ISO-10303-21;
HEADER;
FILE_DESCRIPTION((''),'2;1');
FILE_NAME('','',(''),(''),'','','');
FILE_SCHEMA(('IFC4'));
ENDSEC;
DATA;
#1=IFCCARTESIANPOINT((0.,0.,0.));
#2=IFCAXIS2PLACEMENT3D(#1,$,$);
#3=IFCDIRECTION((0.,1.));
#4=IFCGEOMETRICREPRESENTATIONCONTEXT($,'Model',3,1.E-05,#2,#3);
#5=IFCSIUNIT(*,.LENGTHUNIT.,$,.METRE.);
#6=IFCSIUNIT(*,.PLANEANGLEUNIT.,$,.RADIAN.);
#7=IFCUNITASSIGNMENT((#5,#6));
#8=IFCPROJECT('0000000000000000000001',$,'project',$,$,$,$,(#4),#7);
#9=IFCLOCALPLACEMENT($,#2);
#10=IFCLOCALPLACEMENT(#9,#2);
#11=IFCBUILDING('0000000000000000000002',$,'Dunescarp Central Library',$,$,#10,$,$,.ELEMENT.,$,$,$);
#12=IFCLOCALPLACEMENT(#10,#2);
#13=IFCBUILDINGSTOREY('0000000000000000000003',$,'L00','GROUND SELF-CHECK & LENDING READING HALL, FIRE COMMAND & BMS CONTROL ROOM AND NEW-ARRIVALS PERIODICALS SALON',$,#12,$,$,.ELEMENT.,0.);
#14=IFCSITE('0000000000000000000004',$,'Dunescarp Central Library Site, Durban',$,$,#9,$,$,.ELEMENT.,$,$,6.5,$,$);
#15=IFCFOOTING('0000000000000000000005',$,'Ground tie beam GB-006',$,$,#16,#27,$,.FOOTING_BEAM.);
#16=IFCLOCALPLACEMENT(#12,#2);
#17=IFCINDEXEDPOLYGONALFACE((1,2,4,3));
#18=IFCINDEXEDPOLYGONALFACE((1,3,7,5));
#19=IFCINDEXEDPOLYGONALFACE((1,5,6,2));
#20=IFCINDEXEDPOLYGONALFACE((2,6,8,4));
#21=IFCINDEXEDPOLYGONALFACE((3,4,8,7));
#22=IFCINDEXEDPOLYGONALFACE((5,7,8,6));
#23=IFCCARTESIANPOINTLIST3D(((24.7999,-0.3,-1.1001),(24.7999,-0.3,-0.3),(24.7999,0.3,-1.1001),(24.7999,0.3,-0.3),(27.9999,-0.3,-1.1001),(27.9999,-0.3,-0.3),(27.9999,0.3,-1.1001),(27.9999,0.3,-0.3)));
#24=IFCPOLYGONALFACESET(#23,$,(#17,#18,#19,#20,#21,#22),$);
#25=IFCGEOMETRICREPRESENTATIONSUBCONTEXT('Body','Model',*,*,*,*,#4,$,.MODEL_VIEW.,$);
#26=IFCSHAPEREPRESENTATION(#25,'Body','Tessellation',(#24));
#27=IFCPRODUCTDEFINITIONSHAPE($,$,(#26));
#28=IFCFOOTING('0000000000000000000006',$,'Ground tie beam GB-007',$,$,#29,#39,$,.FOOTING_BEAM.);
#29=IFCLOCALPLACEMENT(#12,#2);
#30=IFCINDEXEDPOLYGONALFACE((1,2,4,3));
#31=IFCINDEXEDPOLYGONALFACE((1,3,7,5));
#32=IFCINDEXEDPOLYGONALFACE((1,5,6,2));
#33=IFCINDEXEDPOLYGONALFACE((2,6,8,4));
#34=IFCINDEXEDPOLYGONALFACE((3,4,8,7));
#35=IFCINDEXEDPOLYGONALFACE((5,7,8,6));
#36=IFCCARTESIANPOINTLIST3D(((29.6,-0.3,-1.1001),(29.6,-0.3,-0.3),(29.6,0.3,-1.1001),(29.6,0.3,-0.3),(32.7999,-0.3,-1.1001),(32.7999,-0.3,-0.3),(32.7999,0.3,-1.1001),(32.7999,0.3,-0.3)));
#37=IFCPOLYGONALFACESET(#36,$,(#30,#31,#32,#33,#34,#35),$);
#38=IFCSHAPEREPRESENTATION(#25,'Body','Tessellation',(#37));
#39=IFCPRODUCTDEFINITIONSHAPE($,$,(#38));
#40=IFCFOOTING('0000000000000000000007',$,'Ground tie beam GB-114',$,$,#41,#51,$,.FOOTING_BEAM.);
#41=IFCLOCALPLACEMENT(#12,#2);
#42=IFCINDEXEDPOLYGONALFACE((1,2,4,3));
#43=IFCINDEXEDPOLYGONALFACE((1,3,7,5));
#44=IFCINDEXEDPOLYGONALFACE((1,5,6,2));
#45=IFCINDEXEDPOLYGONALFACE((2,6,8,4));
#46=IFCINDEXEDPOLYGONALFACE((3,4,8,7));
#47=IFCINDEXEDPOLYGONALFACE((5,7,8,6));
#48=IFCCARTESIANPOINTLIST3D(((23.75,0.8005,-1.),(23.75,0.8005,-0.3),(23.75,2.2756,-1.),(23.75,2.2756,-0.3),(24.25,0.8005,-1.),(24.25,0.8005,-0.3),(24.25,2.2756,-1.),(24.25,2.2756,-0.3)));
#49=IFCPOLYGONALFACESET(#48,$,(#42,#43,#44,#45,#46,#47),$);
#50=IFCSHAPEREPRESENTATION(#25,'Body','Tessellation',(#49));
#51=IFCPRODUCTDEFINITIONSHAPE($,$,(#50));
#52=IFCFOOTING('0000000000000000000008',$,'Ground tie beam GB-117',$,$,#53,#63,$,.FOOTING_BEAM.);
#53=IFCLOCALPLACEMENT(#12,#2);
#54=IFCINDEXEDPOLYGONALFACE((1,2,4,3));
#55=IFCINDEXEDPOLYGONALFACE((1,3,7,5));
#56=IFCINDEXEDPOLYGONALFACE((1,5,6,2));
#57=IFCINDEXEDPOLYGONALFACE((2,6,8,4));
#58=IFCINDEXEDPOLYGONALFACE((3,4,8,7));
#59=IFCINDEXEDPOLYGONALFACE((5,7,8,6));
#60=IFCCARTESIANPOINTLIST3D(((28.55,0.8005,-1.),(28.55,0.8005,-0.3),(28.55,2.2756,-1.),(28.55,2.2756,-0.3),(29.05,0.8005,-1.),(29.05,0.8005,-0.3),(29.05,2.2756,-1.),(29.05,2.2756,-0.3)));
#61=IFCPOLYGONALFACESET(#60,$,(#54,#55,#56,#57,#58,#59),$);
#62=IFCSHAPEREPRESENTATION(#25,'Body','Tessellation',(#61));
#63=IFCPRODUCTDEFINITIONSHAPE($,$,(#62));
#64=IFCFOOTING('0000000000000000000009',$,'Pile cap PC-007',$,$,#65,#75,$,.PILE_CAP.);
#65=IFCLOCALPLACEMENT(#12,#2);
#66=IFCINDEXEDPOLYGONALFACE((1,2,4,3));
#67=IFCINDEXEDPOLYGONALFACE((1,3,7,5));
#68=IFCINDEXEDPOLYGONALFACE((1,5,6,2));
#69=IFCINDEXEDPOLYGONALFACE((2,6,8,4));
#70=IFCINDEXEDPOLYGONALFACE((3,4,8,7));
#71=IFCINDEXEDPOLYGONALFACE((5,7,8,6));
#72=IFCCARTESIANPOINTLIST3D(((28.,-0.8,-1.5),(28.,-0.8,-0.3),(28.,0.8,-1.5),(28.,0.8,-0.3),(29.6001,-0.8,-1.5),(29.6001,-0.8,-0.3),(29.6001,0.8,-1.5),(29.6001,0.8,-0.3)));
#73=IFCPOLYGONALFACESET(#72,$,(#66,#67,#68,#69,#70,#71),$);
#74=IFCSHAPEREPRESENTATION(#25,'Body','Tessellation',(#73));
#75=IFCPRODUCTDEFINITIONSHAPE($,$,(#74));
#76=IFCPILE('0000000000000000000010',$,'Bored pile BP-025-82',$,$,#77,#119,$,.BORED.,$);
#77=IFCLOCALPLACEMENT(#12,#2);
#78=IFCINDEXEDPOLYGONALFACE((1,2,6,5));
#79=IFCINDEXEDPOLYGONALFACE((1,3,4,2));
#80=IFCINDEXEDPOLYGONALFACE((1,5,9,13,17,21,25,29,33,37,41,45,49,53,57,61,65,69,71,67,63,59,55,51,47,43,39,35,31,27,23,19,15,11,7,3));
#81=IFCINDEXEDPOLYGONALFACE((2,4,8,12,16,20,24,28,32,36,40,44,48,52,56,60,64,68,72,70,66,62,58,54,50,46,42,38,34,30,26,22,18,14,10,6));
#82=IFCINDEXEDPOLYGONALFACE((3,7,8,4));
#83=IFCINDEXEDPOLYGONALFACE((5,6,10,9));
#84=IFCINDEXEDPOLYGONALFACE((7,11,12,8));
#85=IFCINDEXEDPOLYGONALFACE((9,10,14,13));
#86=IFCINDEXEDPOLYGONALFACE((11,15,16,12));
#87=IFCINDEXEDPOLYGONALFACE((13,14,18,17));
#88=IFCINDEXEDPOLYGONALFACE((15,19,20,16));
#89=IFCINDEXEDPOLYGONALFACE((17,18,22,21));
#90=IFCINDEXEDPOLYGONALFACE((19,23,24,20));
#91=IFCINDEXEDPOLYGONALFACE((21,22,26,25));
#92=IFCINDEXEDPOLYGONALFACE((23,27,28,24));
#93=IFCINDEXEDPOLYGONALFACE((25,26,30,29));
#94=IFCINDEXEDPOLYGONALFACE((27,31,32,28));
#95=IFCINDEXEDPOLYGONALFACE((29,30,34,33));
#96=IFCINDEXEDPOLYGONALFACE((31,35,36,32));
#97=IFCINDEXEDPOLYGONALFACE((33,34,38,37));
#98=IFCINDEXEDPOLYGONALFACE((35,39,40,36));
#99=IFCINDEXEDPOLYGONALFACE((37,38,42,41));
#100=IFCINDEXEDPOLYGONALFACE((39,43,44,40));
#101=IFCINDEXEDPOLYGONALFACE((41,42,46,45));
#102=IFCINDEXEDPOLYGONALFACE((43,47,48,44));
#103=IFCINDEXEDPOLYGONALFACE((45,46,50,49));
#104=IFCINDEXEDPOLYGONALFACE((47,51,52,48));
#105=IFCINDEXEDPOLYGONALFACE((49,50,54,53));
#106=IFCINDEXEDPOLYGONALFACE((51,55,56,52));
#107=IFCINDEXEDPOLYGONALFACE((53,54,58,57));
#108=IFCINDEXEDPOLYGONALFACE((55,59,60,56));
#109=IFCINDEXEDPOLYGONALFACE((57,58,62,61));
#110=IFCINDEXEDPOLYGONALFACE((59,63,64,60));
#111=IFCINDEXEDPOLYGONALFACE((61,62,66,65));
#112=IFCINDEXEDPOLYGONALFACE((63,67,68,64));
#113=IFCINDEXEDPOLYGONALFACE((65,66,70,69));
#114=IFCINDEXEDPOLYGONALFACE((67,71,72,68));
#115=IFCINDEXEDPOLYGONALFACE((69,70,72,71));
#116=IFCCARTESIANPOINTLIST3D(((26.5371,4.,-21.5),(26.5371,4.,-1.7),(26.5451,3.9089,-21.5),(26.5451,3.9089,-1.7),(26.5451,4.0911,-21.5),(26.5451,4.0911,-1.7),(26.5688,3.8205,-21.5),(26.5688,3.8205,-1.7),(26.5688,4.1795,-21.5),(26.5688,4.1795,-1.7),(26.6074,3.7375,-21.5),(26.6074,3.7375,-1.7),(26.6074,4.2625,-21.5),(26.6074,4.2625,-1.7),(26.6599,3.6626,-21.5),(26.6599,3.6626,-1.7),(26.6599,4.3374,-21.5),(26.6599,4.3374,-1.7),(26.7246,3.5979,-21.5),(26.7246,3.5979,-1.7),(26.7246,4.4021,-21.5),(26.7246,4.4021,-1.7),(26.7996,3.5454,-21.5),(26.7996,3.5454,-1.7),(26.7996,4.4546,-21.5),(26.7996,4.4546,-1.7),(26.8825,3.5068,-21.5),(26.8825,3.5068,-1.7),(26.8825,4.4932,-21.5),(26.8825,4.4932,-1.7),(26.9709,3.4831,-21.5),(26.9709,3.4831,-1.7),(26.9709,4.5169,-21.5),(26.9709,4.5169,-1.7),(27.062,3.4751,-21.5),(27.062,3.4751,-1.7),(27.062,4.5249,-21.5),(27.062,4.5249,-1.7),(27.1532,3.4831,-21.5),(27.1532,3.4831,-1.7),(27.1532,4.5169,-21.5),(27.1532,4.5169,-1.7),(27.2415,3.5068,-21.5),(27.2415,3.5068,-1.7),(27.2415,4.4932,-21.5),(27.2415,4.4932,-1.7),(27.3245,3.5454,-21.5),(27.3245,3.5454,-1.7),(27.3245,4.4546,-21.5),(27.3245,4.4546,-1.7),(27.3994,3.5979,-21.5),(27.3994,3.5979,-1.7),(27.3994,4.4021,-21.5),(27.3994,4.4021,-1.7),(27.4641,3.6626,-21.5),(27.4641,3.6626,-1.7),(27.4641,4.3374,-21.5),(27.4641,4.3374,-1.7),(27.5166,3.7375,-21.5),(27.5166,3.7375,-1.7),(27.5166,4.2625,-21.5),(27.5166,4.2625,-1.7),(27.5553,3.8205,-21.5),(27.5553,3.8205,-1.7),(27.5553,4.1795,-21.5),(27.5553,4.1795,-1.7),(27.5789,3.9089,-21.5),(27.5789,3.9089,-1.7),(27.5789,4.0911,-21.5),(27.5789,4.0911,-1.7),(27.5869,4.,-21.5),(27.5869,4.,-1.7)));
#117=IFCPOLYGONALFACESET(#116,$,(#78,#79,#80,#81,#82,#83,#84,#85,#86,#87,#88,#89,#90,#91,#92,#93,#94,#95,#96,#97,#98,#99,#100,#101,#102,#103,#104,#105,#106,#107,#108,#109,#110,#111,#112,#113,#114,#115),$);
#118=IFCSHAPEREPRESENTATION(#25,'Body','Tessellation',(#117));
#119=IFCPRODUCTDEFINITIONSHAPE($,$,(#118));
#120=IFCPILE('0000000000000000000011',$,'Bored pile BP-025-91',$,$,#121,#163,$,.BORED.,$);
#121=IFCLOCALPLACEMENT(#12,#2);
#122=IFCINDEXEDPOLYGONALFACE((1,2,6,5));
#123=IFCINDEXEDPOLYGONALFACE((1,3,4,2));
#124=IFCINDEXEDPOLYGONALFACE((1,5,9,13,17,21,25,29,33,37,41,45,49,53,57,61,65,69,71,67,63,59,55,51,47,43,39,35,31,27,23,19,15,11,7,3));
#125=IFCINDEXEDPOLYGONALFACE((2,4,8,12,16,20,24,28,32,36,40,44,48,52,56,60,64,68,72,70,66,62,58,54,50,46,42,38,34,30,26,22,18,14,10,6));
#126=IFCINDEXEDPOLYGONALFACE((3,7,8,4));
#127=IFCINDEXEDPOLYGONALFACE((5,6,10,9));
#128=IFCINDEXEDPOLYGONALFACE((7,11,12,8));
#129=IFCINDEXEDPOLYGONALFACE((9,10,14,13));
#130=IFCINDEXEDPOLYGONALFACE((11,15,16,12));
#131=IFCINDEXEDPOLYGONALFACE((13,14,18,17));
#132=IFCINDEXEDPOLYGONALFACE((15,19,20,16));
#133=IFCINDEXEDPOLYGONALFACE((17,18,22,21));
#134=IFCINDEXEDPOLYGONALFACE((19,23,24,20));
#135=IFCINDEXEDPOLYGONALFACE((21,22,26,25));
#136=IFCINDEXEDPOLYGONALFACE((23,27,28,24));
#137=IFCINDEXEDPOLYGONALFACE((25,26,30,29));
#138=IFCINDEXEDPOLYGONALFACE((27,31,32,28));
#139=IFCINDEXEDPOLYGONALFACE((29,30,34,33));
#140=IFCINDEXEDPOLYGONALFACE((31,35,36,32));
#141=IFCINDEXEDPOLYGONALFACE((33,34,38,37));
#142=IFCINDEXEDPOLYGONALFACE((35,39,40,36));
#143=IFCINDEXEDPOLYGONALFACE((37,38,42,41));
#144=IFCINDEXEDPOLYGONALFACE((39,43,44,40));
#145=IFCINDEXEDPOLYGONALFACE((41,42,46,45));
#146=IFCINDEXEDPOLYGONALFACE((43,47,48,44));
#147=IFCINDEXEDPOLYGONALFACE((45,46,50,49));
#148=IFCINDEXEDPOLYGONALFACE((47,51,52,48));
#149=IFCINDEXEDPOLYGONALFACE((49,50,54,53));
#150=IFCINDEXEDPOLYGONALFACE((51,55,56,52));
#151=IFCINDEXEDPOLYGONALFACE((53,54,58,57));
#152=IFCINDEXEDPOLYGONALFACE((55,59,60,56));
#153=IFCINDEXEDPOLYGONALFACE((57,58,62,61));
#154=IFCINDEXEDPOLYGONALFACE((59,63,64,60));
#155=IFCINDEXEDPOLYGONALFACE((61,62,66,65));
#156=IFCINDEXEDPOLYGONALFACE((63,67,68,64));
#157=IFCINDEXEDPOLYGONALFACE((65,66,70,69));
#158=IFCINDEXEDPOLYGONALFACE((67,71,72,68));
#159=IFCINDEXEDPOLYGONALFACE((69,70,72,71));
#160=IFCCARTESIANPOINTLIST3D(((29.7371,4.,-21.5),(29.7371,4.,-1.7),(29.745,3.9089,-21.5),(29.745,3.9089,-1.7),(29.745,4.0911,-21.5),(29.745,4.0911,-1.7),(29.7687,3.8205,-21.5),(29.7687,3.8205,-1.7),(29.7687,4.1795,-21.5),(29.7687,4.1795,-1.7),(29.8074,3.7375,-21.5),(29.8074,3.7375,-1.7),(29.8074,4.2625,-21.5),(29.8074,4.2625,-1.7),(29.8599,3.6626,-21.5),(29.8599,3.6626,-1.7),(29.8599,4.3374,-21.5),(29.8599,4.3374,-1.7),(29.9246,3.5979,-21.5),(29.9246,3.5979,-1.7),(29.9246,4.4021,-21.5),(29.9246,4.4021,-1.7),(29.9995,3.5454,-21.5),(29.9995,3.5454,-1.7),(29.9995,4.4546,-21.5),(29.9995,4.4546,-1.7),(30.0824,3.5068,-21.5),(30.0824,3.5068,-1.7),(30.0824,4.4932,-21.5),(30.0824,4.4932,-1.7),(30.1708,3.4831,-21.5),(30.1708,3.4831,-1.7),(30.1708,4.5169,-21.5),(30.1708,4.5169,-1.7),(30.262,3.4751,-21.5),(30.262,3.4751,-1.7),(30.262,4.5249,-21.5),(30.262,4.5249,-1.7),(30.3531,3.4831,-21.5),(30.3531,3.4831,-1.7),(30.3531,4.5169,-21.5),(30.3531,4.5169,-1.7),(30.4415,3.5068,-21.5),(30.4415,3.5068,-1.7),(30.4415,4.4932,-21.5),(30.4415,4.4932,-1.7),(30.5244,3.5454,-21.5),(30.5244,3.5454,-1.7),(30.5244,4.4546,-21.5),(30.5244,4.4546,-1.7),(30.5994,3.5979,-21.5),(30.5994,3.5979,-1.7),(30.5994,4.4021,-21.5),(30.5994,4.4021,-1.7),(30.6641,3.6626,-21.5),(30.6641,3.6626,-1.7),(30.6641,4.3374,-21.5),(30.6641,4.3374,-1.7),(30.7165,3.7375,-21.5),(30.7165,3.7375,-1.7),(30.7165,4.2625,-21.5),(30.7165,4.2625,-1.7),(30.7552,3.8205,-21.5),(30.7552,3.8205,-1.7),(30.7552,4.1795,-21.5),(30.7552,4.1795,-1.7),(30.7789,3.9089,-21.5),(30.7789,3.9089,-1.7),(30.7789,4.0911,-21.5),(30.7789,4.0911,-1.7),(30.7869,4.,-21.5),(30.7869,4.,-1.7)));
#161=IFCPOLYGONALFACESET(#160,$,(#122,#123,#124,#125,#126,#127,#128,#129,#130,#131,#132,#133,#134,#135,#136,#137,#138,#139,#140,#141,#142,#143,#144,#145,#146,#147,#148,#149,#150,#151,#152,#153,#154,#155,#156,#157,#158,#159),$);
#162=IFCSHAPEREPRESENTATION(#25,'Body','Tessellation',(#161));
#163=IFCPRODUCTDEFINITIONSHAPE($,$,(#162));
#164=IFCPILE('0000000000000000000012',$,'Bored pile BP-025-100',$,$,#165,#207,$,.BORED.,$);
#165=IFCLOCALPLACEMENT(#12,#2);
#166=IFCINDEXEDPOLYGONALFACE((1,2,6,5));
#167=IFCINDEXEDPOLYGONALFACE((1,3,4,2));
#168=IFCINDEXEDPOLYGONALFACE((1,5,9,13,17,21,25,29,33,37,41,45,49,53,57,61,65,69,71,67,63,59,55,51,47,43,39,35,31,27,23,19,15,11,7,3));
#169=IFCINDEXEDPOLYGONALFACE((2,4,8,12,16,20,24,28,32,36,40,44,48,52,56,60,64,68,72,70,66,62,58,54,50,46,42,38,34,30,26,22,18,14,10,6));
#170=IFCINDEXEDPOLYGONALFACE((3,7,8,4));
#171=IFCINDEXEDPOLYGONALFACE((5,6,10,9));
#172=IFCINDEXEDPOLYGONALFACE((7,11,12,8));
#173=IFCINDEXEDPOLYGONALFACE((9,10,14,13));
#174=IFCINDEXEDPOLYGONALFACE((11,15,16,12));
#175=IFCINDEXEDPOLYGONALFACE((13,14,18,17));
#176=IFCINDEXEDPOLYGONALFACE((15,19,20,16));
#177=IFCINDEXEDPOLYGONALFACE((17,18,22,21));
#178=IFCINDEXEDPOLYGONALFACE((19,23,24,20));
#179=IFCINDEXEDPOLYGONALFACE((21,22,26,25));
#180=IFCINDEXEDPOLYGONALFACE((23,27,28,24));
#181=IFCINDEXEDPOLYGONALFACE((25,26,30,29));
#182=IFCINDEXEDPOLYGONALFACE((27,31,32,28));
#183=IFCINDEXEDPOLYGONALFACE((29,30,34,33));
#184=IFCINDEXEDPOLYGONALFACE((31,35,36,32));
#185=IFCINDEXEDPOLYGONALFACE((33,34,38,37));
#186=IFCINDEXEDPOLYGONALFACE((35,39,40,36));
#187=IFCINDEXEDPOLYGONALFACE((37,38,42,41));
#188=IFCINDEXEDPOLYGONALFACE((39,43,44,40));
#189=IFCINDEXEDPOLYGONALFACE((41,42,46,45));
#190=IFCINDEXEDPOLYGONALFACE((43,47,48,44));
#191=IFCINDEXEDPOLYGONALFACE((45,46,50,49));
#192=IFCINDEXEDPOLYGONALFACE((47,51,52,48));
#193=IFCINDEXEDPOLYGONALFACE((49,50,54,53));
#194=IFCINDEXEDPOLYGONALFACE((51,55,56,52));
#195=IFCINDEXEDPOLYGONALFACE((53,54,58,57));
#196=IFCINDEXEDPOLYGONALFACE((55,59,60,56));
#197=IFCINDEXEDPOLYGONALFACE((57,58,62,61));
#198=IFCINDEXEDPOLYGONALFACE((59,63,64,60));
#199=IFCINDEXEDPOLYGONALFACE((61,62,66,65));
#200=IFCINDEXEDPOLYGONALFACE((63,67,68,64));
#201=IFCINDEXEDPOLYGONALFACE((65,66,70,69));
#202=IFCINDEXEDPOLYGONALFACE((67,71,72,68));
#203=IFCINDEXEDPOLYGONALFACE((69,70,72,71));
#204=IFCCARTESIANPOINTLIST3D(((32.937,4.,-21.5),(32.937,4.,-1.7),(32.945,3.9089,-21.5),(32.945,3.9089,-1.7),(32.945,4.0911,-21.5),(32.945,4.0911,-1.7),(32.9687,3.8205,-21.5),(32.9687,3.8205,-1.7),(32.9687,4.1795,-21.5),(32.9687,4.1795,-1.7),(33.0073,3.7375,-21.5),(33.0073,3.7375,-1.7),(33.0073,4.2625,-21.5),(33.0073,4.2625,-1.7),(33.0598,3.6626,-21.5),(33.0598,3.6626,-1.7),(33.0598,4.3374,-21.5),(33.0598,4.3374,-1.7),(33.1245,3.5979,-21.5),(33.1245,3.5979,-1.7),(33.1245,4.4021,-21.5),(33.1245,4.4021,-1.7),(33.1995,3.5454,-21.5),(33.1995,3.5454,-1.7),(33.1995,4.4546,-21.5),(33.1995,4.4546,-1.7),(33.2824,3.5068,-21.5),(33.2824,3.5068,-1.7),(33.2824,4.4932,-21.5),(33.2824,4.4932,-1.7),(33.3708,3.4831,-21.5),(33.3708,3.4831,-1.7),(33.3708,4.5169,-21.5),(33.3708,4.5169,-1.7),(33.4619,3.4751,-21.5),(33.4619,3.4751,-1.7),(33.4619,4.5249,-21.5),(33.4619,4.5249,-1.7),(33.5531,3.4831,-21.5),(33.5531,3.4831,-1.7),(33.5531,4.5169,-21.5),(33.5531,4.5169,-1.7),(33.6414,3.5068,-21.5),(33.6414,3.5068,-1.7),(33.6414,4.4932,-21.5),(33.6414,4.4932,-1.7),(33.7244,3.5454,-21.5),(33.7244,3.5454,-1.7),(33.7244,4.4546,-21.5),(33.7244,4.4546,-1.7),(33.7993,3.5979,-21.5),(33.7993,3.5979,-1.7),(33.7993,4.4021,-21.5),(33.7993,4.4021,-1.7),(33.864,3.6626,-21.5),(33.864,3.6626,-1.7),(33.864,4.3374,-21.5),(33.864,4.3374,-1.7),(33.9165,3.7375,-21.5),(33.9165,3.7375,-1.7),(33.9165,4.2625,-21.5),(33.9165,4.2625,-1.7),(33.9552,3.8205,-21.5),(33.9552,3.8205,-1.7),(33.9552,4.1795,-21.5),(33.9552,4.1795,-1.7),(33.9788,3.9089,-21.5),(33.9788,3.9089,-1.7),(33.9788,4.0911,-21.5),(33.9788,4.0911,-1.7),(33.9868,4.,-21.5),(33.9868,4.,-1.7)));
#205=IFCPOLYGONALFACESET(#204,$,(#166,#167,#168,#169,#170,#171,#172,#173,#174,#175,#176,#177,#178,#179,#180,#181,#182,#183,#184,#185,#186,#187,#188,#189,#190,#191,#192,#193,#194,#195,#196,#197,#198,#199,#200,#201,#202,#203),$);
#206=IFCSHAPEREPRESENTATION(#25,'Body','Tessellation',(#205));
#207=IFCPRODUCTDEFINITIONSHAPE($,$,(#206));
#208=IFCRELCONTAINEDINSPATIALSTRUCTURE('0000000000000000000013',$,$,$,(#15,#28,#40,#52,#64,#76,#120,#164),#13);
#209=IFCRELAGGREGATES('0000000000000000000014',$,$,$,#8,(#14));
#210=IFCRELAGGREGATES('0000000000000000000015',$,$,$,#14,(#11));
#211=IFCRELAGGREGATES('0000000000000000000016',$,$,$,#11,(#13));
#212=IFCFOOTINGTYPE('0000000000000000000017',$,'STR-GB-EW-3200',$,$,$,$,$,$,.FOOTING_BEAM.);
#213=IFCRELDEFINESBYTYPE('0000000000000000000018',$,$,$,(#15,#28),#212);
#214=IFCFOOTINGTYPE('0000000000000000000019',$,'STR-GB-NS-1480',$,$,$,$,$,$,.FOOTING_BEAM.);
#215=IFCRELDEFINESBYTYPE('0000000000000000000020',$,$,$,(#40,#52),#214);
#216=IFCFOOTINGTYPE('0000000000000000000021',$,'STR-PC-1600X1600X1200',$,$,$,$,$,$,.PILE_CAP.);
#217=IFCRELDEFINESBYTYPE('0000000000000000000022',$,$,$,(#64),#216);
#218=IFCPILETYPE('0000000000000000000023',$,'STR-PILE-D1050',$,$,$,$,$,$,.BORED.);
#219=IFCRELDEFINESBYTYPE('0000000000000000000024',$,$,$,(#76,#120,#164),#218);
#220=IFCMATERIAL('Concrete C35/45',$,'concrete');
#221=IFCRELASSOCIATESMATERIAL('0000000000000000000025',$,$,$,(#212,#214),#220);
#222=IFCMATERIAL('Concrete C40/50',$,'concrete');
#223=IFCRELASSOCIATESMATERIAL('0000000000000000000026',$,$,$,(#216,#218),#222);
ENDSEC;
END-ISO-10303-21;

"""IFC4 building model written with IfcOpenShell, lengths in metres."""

from ifc_helpers import new_model, si_unit, direction, frame, origin, origin_2d, place, context, subcontext, project, spatial, rectangle, circle, extrude, material, material_profile, profile_set, type_object, element, save


model = new_model("IFC4")

# Units and contexts
model_context = context("Model", 3, precision=1e-05, world=origin(), true_north=direction((0.0, 1.0)))
body_context = subcontext(model_context, "Body", "Model", "MODEL_VIEW")
ifc_project = project(units=[si_unit("LENGTHUNIT", "METRE"), si_unit("PLANEANGLEUNIT", "RADIAN")], contexts=[model_context])

# Site, building, storey
site_placement = place(None, origin())
site = spatial("IfcSite", under=ifc_project, at=site_placement, Name="Dunescarp Central Library Site, Durban", CompositionType="ELEMENT", RefElevation=6.5)
building_placement = place(site_placement, origin())
building = spatial("IfcBuilding", under=site, at=building_placement, Name="Dunescarp Central Library", CompositionType="ELEMENT")
storey_placement = place(building_placement, origin())
storey = spatial("IfcBuildingStorey", under=building, at=storey_placement, Name="L00", Description="GROUND SELF-CHECK & LENDING READING HALL, FIRE COMMAND & BMS CONTROL ROOM AND NEW-ARRIVALS PERIODICALS SALON", CompositionType="ELEMENT", Elevation=0.0)

# Footings
ifc_material_1 = material(Name="Concrete C35/45", Category="concrete")
footing_type_1 = type_object("IfcFootingType", Name="STR-GB-EW-3200", PredefinedType="FOOTING_BEAM", material=ifc_material_1)
for number, where, z_axis, x_axis, name in (
    (1, (26.3999, 0.0, -1.1001), (0.0, 0.0, 1.0), (1.0, 0.0, 0.0), "Ground tie beam GB-006"),
    (2, (31.2, 0.0, -1.1001), (0.0, 0.0, 1.0), (1.0, 0.0, 0.0), "Ground tie beam GB-007"),
):
    element("IfcFooting", number, at=place(storey_placement, frame(where, z_axis=z_axis, x_axis=x_axis)), inside=storey, type_object=footing_type_1, Name=name, PredefinedType="FOOTING_BEAM", context=body_context, shape_type="SweptSolid", body=[
        extrude(rectangle(XDim=3.2, YDim=0.6001, at=origin_2d()), origin(), (0.0, 0.0, 1.0), 0.8),
    ])
footing_type_2 = type_object("IfcFootingType", Name="STR-GB-NS-1480", PredefinedType="FOOTING_BEAM", material=ifc_material_1)
for number, where, z_axis, x_axis, name in (
    (3, (24.0, 1.5381, -1.0), (0.0, 0.0, 1.0), (0.0, 1.0, 0.0), "Ground tie beam GB-114"),
    (4, (28.8, 1.5381, -1.0), (0.0, 0.0, 1.0), (0.0, 1.0, 0.0), "Ground tie beam GB-117"),
):
    element("IfcFooting", number, at=place(storey_placement, frame(where, z_axis=z_axis, x_axis=x_axis)), inside=storey, type_object=footing_type_2, Name=name, PredefinedType="FOOTING_BEAM", context=body_context, shape_type="SweptSolid", body=[
        extrude(rectangle(XDim=1.4751, YDim=0.5, at=origin_2d()), origin(), (0.0, 0.0, 1.0), 0.7),
    ])
ifc_material_2 = material(Name="Concrete C40/50", Category="concrete")
footing_type_3 = type_object("IfcFootingType", Name="STR-PC-1600X1600X1200", PredefinedType="PILE_CAP", material=ifc_material_2)
footing_placement = place(storey_placement, frame((28.8, 0.0, -1.5), z_axis=(0.0, 0.0, 1.0), x_axis=(1.0, 0.0, 0.0)))
element("IfcFooting", 5, at=footing_placement, inside=storey, type_object=footing_type_3, Name="Pile cap PC-007", PredefinedType="PILE_CAP", context=body_context, shape_type="SweptSolid", body=[
    extrude(rectangle(XDim=1.6001, YDim=1.6001, at=origin_2d()), origin(), (0.0, 0.0, 1.0), 1.2),
])

# Piles
ifc_material_profile_1 = material_profile(ifc_material_2, circle(Radius=0.5249, at=origin_2d()), Name="PILE D1050")
ifc_profile_set_1 = profile_set([ifc_material_profile_1], Name="Concrete C40/50")
pile_type_1 = type_object("IfcPileType", Name="STR-PILE-D1050", PredefinedType="BORED", material=ifc_profile_set_1)
for number, where, z_axis, x_axis, name in (
    (6, (27.062, 4.0, -1.7), (0.0, 0.0, -1.0), (1.0, 0.0, 0.0), "Bored pile BP-025-82"),
    (7, (30.262, 4.0, -1.7), (0.0, 0.0, -1.0), (1.0, 0.0, 0.0), "Bored pile BP-025-91"),
    (8, (33.4619, 4.0, -1.7), (0.0, 0.0, -1.0), (1.0, 0.0, 0.0), "Bored pile BP-025-100"),
):
    element("IfcPile", number, at=place(storey_placement, frame(where, z_axis=z_axis, x_axis=x_axis)), inside=storey, type_object=pile_type_1, Name=name, PredefinedType="BORED", context=body_context, shape_type="SweptSolid", body=[
        extrude(circle(Radius=0.5249, at=origin_2d()), origin(), (0.0, 0.0, 1.0), 19.8),
    ])

save(model, "model.ifc")
